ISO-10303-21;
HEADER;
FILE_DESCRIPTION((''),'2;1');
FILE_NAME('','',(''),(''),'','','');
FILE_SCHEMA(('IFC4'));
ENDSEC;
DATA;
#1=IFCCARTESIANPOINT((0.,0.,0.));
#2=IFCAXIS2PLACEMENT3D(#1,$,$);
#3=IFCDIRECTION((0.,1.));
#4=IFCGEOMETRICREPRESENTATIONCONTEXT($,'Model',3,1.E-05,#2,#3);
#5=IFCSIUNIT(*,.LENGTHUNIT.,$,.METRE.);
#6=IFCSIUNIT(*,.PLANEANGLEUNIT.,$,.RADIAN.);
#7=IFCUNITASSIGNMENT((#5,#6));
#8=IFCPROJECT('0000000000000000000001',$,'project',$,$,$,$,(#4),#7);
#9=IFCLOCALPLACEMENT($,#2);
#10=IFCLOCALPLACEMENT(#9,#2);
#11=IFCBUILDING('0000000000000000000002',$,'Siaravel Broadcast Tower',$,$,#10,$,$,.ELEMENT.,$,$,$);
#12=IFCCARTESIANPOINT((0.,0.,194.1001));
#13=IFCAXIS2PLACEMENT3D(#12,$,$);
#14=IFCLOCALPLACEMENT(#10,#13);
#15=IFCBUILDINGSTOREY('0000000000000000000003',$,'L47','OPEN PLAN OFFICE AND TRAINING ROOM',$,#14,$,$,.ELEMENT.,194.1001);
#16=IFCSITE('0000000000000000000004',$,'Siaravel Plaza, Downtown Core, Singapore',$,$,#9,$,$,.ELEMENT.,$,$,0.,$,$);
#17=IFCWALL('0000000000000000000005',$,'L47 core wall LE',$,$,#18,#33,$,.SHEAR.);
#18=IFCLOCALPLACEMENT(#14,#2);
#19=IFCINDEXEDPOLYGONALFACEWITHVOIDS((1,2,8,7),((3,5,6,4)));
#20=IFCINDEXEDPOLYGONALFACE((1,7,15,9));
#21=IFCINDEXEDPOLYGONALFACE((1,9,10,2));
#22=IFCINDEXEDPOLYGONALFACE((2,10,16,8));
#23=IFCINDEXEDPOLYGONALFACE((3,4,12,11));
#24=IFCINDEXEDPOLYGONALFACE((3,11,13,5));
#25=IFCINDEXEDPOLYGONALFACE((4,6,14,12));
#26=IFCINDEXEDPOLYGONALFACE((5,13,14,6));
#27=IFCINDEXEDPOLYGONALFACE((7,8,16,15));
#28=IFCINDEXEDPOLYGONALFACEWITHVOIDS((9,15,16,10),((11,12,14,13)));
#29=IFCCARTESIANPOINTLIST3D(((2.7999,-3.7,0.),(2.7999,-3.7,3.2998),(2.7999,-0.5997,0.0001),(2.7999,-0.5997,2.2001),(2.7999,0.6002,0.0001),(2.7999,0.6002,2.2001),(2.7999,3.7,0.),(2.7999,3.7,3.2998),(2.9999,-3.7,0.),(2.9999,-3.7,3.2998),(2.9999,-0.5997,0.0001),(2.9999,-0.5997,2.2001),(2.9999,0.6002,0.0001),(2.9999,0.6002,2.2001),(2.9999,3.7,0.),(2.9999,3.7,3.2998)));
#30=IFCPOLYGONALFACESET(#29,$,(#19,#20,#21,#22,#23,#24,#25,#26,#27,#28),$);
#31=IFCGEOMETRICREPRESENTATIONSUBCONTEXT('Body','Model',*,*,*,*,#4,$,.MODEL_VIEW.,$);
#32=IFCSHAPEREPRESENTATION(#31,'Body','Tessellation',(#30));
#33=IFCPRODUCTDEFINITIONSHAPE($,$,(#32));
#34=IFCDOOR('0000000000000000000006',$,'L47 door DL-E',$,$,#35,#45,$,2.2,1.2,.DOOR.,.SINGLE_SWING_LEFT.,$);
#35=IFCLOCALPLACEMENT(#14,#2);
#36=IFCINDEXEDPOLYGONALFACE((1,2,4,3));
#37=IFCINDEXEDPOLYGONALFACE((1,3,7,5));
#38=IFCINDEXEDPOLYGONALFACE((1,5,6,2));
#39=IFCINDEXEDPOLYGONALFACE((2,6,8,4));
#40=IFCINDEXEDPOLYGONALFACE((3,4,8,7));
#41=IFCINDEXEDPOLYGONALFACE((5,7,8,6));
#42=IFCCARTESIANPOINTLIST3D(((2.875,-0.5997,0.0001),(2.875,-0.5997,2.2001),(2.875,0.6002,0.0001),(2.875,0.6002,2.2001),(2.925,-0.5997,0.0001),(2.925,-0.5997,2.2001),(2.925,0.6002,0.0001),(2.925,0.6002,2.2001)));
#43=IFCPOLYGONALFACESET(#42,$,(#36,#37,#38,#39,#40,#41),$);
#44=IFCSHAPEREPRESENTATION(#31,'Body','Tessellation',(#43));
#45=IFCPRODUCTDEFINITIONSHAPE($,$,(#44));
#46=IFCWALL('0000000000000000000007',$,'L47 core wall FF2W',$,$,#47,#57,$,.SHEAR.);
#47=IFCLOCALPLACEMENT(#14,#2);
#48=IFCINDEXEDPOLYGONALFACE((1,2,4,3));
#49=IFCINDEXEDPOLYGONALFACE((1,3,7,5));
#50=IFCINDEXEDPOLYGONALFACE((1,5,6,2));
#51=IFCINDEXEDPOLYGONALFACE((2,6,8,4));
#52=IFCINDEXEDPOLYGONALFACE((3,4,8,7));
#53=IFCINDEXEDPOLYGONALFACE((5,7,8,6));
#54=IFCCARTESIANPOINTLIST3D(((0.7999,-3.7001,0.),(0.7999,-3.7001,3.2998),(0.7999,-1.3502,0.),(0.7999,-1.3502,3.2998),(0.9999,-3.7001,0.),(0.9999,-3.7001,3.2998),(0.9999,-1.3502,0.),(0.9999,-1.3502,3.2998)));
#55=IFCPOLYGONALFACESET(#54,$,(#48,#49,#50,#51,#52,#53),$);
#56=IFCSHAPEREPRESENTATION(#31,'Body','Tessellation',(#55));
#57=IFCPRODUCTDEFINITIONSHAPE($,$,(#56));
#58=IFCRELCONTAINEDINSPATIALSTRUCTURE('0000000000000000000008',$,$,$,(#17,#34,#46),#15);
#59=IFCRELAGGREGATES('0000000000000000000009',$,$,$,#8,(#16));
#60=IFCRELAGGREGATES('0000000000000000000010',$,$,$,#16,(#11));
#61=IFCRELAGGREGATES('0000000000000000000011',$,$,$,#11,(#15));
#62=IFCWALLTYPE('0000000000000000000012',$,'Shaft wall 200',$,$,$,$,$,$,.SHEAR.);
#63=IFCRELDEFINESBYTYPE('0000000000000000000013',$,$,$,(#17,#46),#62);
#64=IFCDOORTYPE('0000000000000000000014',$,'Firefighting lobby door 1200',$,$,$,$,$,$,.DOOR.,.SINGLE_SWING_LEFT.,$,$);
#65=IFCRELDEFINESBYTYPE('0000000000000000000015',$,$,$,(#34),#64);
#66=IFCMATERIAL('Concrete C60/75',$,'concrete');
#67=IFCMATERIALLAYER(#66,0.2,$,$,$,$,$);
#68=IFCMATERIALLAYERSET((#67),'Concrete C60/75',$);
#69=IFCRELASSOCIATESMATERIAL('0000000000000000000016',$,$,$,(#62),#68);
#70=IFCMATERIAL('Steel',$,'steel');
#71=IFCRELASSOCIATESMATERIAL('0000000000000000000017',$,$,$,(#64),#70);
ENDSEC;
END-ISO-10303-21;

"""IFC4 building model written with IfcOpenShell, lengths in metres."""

from ifc_helpers import new_model, si_unit, direction, frame, frame_2d, origin, place, context, subcontext, project, spatial, rectangle, extrude, material, layer, layer_set, type_object, element, fill, save


model = new_model("IFC4")

# Units and contexts
model_context = context("Model", 3, precision=1e-05, world=origin(), true_north=direction((0.0, 1.0)))
body_context = subcontext(model_context, "Body", "Model", "MODEL_VIEW")
ifc_project = project(units=[si_unit("LENGTHUNIT", "METRE"), si_unit("PLANEANGLEUNIT", "RADIAN")], contexts=[model_context])

# Site, building, storey
site_placement = place(None, origin())
site = spatial("IfcSite", under=ifc_project, at=site_placement, Name="Siaravel Plaza, Downtown Core, Singapore", CompositionType="ELEMENT", RefElevation=0.0)
building_placement = place(site_placement, origin())
building = spatial("IfcBuilding", under=site, at=building_placement, Name="Siaravel Broadcast Tower", CompositionType="ELEMENT")
storey_placement = place(building_placement, frame((0.0, 0.0, 194.1001)))
storey = spatial("IfcBuildingStorey", under=building, at=storey_placement, Name="L47", Description="OPEN PLAN OFFICE AND TRAINING ROOM", CompositionType="ELEMENT", Elevation=194.1001)

# Shared definitions
ifc_material_1 = material(Name="Concrete C60/75", Category="concrete")

# Shared definitions
ifc_layer_1 = layer(ifc_material_1, 0.2)
ifc_layer_set_1 = layer_set([ifc_layer_1], Name="Concrete C60/75")
wall_type_1 = type_object("IfcWallType", Name="Shaft wall 200", PredefinedType="SHEAR", material=ifc_layer_set_1)

# Wall, opening, door
wall_1_placement = place(storey_placement, frame((2.8999, -3.7, 0.0), z_axis=(0.0, 0.0, 1.0), x_axis=(0.0, 1.0, 0.0)))
wall_1 = element("IfcWall", 1, at=wall_1_placement, inside=storey, type_object=wall_type_1, Name="L47 core wall LE", PredefinedType="SHEAR", context=body_context, shape_type="SweptSolid", body=[
    extrude(rectangle(XDim=7.3999, YDim=0.2, at=frame_2d((3.7, 0.0))), origin(), (0.0, 0.0, 1.0), 3.2998),
])
opening_1_placement = place(wall_1_placement, frame((3.1001, 0.0, 0.0)))
opening_1 = element("IfcOpeningElement", 2, at=opening_1_placement, cuts=wall_1, PredefinedType="OPENING", context=body_context, shape_type="SweptSolid", body=[
    extrude(rectangle(XDim=1.2, YDim=2.2, at=frame_2d((0.6001, 1.1001))), frame((0.0, 0.1099, 0.0), z_axis=(0.0, -1.0, 0.0), x_axis=(1.0, 0.0, 0.0)), (0.0, 0.0, 1.0), 0.22),
])
ifc_material_2 = material(Name="Steel", Category="steel")
door_type_1 = type_object("IfcDoorType", Name="Firefighting lobby door 1200", OperationType="SINGLE_SWING_LEFT", PredefinedType="DOOR", material=ifc_material_2)
door_1_placement = place(opening_1_placement, origin())
door_1 = element("IfcDoor", 3, at=door_1_placement, inside=storey, type_object=door_type_1, Name="L47 door DL-E", OperationType="SINGLE_SWING_LEFT", OverallHeight=2.2, OverallWidth=1.2, PredefinedType="DOOR", context=body_context, shape_type="SweptSolid", body=[
    extrude(rectangle(XDim=1.2, YDim=2.2, at=frame_2d((0.6001, 1.1001))), frame((0.0, 0.0249, 0.0), z_axis=(0.0, -1.0, 0.0), x_axis=(1.0, 0.0, 0.0)), (0.0, 0.0, 1.0), 0.05),
])
fill(opening_1, door_1)

# Wall
wall_2_placement = place(storey_placement, frame((0.8999, -3.7, 0.0), z_axis=(0.0, 0.0, 1.0), x_axis=(0.0, 1.0, 0.0)))
element("IfcWall", 4, at=wall_2_placement, inside=storey, type_object=wall_type_1, Name="L47 core wall FF2W", PredefinedType="SHEAR", context=body_context, shape_type="SweptSolid", body=[
    extrude(rectangle(XDim=2.3499, YDim=0.2, at=frame_2d((1.1748, 0.0))), origin(), (0.0, 0.0, 1.0), 3.2998),
])

save(model, "model.ifc")
